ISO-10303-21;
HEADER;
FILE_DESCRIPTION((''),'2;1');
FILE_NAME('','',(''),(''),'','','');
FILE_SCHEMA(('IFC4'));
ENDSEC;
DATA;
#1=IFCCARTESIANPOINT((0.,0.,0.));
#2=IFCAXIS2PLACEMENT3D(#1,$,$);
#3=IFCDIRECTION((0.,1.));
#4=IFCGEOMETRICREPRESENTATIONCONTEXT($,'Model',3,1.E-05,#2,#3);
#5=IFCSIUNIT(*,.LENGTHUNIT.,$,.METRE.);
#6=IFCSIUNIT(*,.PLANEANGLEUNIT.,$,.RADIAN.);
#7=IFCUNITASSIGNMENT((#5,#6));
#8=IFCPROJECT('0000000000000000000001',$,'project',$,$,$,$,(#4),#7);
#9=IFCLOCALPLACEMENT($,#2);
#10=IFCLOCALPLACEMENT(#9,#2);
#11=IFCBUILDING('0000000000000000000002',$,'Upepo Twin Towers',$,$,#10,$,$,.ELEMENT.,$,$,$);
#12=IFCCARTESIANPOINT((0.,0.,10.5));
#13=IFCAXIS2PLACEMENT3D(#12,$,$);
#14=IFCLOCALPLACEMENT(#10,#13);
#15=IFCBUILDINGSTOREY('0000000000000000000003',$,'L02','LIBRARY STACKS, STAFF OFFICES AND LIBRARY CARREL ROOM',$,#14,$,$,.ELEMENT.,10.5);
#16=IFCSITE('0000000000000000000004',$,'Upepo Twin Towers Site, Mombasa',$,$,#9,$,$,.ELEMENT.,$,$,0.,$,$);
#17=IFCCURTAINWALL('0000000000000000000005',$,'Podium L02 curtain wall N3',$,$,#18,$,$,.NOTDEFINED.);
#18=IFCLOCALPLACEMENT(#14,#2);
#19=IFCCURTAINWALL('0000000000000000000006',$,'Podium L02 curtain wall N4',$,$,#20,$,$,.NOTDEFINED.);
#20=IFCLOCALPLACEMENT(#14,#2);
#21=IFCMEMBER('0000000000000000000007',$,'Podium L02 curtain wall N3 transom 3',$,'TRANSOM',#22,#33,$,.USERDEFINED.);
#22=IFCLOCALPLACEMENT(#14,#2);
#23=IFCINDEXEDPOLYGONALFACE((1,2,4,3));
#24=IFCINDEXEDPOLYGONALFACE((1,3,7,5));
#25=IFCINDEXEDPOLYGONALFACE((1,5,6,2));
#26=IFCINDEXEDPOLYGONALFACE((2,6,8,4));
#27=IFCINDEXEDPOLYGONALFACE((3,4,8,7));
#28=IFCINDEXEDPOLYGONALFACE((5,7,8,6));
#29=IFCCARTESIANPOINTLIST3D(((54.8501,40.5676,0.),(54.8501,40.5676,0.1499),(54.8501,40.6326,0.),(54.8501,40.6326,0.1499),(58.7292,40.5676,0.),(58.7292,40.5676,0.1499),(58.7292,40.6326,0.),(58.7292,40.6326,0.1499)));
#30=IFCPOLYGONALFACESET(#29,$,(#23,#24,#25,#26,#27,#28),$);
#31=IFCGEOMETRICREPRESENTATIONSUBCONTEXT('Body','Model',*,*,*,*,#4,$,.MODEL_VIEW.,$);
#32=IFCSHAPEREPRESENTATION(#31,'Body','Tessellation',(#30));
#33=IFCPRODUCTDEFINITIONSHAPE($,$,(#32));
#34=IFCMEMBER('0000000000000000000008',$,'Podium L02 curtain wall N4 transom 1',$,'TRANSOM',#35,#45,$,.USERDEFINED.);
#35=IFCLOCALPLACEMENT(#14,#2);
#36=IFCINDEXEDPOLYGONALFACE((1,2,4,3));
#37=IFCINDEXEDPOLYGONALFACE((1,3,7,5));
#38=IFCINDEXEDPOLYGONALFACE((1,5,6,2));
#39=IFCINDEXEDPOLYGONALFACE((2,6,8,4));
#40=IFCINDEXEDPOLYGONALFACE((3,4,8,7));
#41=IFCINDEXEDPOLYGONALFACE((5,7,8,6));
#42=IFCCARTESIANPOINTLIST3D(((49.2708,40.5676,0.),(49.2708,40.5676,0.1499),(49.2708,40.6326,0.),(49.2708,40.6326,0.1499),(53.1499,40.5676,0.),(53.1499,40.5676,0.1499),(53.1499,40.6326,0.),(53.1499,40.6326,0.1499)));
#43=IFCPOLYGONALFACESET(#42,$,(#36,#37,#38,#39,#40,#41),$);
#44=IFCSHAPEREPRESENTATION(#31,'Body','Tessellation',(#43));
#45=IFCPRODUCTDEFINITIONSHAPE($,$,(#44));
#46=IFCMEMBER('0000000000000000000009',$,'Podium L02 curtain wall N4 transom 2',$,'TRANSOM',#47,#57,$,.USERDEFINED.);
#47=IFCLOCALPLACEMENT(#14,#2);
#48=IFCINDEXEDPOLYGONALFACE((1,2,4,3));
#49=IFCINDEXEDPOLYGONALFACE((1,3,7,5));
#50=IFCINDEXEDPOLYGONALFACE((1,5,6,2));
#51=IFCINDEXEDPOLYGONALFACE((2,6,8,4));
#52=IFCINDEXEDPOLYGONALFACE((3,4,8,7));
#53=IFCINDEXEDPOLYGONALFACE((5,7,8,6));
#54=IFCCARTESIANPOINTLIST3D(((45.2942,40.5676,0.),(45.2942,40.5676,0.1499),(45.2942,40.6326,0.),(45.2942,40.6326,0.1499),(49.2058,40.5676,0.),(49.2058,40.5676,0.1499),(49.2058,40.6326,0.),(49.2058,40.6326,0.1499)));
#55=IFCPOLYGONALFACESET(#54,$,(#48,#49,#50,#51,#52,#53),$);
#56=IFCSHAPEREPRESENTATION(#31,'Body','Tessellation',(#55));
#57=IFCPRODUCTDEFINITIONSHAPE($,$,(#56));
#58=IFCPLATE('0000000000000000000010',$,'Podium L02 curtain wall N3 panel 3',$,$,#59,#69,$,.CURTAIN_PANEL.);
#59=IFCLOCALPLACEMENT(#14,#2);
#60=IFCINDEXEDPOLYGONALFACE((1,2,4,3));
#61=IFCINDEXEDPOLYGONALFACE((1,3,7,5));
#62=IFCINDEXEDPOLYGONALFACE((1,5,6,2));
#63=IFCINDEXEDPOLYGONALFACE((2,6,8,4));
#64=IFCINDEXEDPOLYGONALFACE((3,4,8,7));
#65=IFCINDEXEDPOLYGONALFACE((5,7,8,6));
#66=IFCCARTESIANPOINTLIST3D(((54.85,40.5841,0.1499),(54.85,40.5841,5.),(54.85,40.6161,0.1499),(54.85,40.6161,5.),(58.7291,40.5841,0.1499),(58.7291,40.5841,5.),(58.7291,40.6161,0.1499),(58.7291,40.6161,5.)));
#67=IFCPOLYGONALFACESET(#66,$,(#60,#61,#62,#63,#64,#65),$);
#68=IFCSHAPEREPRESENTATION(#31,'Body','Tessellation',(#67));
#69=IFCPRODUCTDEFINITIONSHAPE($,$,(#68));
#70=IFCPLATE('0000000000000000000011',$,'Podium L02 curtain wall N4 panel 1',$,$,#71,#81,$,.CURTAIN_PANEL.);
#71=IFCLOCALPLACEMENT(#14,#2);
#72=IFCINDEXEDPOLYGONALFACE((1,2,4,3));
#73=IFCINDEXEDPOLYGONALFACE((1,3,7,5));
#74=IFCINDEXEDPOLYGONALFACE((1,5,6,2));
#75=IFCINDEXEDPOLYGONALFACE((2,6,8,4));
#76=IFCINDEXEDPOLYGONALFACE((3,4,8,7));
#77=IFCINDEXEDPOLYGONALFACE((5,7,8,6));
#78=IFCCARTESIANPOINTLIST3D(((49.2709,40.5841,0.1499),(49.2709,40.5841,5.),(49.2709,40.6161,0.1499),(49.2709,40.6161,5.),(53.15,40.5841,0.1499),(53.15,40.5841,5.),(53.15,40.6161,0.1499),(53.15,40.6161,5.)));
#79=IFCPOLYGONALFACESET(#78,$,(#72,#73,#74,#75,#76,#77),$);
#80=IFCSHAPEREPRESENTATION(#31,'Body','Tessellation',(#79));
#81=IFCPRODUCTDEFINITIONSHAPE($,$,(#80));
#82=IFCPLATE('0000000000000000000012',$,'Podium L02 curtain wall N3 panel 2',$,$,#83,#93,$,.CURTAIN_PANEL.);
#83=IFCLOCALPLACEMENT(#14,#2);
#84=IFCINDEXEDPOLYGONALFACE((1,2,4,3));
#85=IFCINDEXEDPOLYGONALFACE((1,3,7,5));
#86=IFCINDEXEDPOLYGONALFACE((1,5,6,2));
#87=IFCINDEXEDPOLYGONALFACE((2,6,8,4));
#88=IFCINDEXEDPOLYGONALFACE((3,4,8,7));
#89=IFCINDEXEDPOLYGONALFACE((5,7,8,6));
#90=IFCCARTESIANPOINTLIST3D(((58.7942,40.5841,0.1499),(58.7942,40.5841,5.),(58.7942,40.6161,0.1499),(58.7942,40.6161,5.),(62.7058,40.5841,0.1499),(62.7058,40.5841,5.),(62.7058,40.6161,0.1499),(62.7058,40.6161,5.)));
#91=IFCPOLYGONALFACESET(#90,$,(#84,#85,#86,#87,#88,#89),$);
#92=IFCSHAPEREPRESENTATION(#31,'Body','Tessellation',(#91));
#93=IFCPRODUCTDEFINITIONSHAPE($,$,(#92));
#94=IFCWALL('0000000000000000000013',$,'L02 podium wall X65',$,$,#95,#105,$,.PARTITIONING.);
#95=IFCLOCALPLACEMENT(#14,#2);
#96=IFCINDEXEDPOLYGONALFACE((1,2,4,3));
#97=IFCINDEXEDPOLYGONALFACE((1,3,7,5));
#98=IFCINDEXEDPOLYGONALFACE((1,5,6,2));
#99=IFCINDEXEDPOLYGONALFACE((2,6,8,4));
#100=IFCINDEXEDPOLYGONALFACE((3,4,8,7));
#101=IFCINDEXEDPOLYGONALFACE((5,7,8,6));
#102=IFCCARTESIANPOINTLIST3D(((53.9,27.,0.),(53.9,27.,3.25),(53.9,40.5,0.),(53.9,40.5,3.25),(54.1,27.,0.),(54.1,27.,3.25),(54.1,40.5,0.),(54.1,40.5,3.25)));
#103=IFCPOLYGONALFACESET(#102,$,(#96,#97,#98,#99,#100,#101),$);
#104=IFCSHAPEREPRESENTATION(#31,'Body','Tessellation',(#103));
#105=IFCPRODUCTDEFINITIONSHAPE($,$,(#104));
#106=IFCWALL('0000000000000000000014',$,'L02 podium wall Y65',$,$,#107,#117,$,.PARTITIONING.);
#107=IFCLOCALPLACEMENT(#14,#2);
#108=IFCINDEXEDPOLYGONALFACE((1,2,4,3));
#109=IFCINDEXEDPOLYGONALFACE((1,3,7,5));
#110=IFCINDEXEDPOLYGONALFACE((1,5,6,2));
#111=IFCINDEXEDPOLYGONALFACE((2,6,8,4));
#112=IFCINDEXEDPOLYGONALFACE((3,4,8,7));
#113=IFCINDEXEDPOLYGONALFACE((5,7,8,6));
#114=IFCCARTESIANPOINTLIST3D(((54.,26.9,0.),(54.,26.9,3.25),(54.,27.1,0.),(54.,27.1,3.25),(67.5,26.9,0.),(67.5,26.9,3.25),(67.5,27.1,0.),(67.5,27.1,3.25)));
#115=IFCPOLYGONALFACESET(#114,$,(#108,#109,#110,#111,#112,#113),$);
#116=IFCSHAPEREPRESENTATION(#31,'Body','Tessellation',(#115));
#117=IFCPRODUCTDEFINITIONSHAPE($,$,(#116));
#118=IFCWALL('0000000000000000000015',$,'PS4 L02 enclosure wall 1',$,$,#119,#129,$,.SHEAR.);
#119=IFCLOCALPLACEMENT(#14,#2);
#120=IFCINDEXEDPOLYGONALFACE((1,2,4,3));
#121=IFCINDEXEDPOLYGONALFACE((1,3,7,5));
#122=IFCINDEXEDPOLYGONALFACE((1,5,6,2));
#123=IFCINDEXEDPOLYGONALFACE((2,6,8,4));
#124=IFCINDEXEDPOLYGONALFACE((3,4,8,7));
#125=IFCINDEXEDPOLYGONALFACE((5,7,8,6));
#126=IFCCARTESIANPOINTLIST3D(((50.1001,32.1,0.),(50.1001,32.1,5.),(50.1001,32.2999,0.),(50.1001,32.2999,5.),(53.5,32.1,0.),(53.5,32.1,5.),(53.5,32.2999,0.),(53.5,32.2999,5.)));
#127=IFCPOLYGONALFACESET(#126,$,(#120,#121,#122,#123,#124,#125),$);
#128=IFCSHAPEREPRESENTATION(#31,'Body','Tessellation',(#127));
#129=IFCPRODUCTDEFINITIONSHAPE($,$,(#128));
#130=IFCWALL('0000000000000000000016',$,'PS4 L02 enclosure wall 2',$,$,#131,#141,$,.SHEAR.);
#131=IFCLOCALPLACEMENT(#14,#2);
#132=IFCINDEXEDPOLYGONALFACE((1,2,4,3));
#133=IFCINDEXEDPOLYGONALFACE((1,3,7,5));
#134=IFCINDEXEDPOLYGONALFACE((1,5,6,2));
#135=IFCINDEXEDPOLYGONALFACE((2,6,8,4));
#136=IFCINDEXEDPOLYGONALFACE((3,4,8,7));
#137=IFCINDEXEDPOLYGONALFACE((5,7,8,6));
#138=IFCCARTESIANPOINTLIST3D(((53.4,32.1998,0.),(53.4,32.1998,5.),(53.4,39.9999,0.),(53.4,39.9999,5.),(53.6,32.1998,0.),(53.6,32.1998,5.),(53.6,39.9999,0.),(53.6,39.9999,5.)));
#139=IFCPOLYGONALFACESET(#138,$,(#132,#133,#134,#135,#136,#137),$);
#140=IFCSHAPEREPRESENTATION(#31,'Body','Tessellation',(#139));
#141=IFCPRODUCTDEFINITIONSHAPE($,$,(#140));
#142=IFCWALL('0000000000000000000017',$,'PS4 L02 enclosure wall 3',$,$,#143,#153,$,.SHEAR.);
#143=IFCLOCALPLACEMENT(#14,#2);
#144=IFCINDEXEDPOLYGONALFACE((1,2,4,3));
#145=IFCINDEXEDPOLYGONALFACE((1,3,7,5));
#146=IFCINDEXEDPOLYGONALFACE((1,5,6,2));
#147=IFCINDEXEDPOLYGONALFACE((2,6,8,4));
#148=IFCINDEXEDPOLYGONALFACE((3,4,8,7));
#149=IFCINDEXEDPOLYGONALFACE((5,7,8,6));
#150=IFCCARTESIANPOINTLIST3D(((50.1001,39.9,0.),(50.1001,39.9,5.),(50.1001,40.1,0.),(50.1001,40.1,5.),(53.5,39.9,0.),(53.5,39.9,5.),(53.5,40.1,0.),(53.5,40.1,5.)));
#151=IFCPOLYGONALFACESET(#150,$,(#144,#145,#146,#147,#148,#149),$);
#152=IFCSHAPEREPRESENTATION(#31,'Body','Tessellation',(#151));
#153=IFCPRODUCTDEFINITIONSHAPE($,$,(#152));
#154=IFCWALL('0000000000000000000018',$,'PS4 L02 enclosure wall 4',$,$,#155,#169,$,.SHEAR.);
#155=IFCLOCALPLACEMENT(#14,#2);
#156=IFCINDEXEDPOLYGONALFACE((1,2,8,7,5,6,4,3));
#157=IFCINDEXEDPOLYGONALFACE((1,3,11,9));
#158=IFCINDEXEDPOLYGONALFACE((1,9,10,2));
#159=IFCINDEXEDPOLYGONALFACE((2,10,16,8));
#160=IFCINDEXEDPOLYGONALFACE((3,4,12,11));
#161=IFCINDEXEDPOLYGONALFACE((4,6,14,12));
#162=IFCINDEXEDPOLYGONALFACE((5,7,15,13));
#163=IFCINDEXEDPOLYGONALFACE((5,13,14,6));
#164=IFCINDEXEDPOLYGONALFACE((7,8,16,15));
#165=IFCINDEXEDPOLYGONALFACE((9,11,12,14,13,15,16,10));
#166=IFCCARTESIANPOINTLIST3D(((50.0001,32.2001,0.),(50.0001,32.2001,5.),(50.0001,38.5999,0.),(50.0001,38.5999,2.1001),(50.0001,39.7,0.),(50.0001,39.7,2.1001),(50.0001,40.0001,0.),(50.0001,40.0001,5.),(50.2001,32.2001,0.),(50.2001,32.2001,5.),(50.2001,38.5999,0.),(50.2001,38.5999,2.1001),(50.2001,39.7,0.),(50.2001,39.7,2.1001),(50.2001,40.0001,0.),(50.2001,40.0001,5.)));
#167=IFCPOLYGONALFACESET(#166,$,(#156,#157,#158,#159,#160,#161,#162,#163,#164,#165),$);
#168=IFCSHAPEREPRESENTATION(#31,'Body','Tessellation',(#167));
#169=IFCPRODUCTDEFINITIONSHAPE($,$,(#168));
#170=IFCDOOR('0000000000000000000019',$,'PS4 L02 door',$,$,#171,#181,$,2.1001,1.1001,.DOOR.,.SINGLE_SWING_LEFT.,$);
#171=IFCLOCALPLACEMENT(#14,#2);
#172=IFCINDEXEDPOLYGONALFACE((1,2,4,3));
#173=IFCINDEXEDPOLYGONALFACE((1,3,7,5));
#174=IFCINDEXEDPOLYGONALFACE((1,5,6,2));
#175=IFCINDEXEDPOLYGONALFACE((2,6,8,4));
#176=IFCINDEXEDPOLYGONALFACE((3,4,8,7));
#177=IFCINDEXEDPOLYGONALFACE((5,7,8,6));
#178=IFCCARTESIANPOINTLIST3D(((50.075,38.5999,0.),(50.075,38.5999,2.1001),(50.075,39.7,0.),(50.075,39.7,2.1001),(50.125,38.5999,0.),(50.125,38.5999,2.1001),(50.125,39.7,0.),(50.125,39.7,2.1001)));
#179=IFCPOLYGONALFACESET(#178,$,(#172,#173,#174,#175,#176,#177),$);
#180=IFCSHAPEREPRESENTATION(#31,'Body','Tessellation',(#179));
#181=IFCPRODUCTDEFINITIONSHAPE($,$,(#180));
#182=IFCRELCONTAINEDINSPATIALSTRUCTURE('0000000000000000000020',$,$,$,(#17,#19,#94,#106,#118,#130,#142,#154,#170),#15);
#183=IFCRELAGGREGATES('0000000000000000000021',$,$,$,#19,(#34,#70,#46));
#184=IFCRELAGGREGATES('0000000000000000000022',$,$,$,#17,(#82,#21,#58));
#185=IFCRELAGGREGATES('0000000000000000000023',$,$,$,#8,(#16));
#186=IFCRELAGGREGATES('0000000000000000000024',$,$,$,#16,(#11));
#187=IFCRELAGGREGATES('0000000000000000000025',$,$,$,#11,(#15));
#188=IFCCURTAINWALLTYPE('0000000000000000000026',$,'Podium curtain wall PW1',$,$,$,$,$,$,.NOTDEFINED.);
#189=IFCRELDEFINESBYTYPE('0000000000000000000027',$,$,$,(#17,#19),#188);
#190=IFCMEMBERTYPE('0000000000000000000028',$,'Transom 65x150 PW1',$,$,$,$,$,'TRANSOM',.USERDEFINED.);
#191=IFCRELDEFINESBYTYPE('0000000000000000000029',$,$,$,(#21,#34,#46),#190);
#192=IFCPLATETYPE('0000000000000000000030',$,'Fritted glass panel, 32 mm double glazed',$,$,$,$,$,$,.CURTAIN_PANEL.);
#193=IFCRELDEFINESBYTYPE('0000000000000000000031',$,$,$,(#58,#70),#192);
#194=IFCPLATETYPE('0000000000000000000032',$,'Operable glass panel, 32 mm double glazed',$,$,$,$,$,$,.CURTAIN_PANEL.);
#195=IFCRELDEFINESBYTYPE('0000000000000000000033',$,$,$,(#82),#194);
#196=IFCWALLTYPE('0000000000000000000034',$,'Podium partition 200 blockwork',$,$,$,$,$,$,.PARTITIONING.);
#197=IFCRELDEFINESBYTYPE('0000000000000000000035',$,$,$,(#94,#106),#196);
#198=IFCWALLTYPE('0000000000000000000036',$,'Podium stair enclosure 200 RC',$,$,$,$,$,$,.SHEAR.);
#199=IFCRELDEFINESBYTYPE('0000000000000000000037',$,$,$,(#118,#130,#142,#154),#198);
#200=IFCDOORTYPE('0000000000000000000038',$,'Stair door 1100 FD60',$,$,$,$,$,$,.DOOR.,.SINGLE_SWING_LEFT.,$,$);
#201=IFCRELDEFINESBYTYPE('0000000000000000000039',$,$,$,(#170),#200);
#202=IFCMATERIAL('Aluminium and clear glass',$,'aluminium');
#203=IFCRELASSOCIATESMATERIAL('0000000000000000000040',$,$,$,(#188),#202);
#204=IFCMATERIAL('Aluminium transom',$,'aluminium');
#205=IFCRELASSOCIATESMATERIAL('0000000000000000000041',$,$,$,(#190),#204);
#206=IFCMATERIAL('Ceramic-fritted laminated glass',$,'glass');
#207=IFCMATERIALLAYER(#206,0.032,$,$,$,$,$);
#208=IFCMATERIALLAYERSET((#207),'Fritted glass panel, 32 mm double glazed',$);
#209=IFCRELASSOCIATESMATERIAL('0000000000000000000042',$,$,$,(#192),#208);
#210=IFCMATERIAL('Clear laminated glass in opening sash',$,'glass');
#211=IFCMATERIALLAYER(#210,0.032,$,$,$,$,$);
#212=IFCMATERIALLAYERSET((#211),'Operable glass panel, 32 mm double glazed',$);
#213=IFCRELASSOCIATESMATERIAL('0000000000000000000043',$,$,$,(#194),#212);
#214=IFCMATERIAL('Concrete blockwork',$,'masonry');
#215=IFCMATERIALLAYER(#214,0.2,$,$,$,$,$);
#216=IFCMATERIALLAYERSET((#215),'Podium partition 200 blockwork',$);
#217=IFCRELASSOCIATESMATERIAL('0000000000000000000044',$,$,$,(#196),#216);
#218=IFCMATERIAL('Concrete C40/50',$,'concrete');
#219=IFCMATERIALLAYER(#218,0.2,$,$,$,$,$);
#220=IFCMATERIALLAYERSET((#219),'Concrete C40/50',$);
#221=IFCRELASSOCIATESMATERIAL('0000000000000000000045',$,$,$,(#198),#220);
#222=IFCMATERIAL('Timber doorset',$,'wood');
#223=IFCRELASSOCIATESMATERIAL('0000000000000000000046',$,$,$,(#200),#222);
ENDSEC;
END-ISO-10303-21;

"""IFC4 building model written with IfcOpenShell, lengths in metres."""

from ifc_helpers import new_model, si_unit, direction, frame, frame_2d, origin, origin_2d, place, context, subcontext, project, spatial, rectangle, extrude, material, layer, layer_set, material_profile, profile_set, type_object, element, fill, aggregate, save


model = new_model("IFC4")

# Units and contexts
model_context = context("Model", 3, precision=1e-05, world=origin(), true_north=direction((0.0, 1.0)))
body_context = subcontext(model_context, "Body", "Model", "MODEL_VIEW")
ifc_project = project(units=[si_unit("LENGTHUNIT", "METRE"), si_unit("PLANEANGLEUNIT", "RADIAN")], contexts=[model_context])

# Site, building, storey
site_placement = place(None, origin())
site = spatial("IfcSite", under=ifc_project, at=site_placement, Name="Upepo Twin Towers Site, Mombasa", CompositionType="ELEMENT", RefElevation=0.0)
building_placement = place(site_placement, origin())
building = spatial("IfcBuilding", under=site, at=building_placement, Name="Upepo Twin Towers", CompositionType="ELEMENT")
storey_placement = place(building_placement, frame((0.0, 0.0, 10.5)))
storey = spatial("IfcBuildingStorey", under=building, at=storey_placement, Name="L02", Description="LIBRARY STACKS, STAFF OFFICES AND LIBRARY CARREL ROOM", CompositionType="ELEMENT", Elevation=10.5)

# Curtain walls
ifc_material_1 = material(Name="Aluminium and clear glass", Category="aluminium")
curtain_wall_type = type_object("IfcCurtainWallType", Name="Podium curtain wall PW1", PredefinedType="NOTDEFINED", material=ifc_material_1)
curtain_wall_1_placement = place(storey_placement, origin())
curtain_wall_1 = element("IfcCurtainWall", 1, at=curtain_wall_1_placement, inside=storey, type_object=curtain_wall_type, Name="Podium L02 curtain wall N3", PredefinedType="NOTDEFINED")
curtain_wall_2_placement = place(storey_placement, origin())
curtain_wall_2 = element("IfcCurtainWall", 2, at=curtain_wall_2_placement, inside=storey, type_object=curtain_wall_type, Name="Podium L02 curtain wall N4", PredefinedType="NOTDEFINED")

# Members
ifc_material_2 = material(Name="Aluminium transom", Category="aluminium")
ifc_material_profile_1 = material_profile(ifc_material_2, rectangle(XDim=0.0649, YDim=0.1499, at=origin_2d()), Name="TRANSOM 65x150 PODIUM")
ifc_profile_set_1 = profile_set([ifc_material_profile_1], Name="Aluminium transom")
member_type_1 = type_object("IfcMemberType", Name="Transom 65x150 PW1", ElementType="TRANSOM", PredefinedType="USERDEFINED", material=ifc_profile_set_1)
member_1_placement = place(storey_placement, frame((58.7292, 40.6001, 0.075), z_axis=(-1.0, 0.0, 0.0), x_axis=(0.0, -1.0, 0.0)))
member_1 = element("IfcMember", 3, at=member_1_placement, type_object=member_type_1, Name="Podium L02 curtain wall N3 transom 3", ObjectType="TRANSOM", PredefinedType="USERDEFINED", context=body_context, shape_type="SweptSolid", body=[
    extrude(rectangle(XDim=0.0649, YDim=0.1499, at=origin_2d()), origin(), (0.0, 0.0, 1.0), 3.8792),
])
member_2_placement = place(storey_placement, frame((53.1499, 40.6001, 0.075), z_axis=(-1.0, 0.0, 0.0), x_axis=(0.0, -1.0, 0.0)))
member_2 = element("IfcMember", 4, at=member_2_placement, type_object=member_type_1, Name="Podium L02 curtain wall N4 transom 1", ObjectType="TRANSOM", PredefinedType="USERDEFINED", context=body_context, shape_type="SweptSolid", body=[
    extrude(rectangle(XDim=0.0649, YDim=0.1499, at=origin_2d()), origin(), (0.0, 0.0, 1.0), 3.8792),
])
member_3_placement = place(storey_placement, frame((49.2058, 40.6001, 0.075), z_axis=(-1.0, 0.0, 0.0), x_axis=(0.0, -1.0, 0.0)))
member_3 = element("IfcMember", 5, at=member_3_placement, type_object=member_type_1, Name="Podium L02 curtain wall N4 transom 2", ObjectType="TRANSOM", PredefinedType="USERDEFINED", context=body_context, shape_type="SweptSolid", body=[
    extrude(rectangle(XDim=0.0649, YDim=0.1499, at=origin_2d()), origin(), (0.0, 0.0, 1.0), 3.9116),
])

# Plates
ifc_material_3 = material(Name="Ceramic-fritted laminated glass", Category="glass")
ifc_layer_1 = layer(ifc_material_3, 0.032)
ifc_layer_set_1 = layer_set([ifc_layer_1], Name="Fritted glass panel, 32 mm double glazed")
plate_type_1 = type_object("IfcPlateType", Name="Fritted glass panel, 32 mm double glazed", PredefinedType="CURTAIN_PANEL", material=ifc_layer_set_1)
plate_1_placement = place(storey_placement, frame((56.7896, 40.6001, 0.1499), z_axis=(0.0, 0.0, 1.0), x_axis=(-1.0, 0.0, 0.0)))
plate_1 = element("IfcPlate", 6, at=plate_1_placement, type_object=plate_type_1, Name="Podium L02 curtain wall N3 panel 3", PredefinedType="CURTAIN_PANEL", context=body_context, shape_type="SweptSolid", body=[
    extrude(rectangle(XDim=3.8792, YDim=0.032, at=origin_2d()), origin(), (0.0, 0.0, 1.0), 4.8501),
])
plate_2_placement = place(storey_placement, frame((51.2104, 40.6001, 0.1499), z_axis=(0.0, 0.0, 1.0), x_axis=(-1.0, 0.0, 0.0)))
plate_2 = element("IfcPlate", 7, at=plate_2_placement, type_object=plate_type_1, Name="Podium L02 curtain wall N4 panel 1", PredefinedType="CURTAIN_PANEL", context=body_context, shape_type="SweptSolid", body=[
    extrude(rectangle(XDim=3.8792, YDim=0.032, at=origin_2d()), origin(), (0.0, 0.0, 1.0), 4.8501),
])
aggregate(curtain_wall_2, [member_2, plate_2, member_3])
ifc_material_4 = material(Name="Clear laminated glass in opening sash", Category="glass")
ifc_layer_2 = layer(ifc_material_4, 0.032)
ifc_layer_set_2 = layer_set([ifc_layer_2], Name="Operable glass panel, 32 mm double glazed")
plate_type_2 = type_object("IfcPlateType", Name="Operable glass panel, 32 mm double glazed", PredefinedType="CURTAIN_PANEL", material=ifc_layer_set_2)
plate_3_placement = place(storey_placement, frame((60.75, 40.6001, 0.1499), z_axis=(0.0, 0.0, 1.0), x_axis=(-1.0, 0.0, 0.0)))
plate_3 = element("IfcPlate", 8, at=plate_3_placement, type_object=plate_type_2, Name="Podium L02 curtain wall N3 panel 2", PredefinedType="CURTAIN_PANEL", context=body_context, shape_type="SweptSolid", body=[
    extrude(rectangle(XDim=3.9116, YDim=0.032, at=origin_2d()), origin(), (0.0, 0.0, 1.0), 4.8501),
])
aggregate(curtain_wall_1, [plate_3, member_1, plate_1])

# Walls
ifc_material_5 = material(Name="Concrete blockwork", Category="masonry")
ifc_layer_3 = layer(ifc_material_5, 0.2)
ifc_layer_set_3 = layer_set([ifc_layer_3], Name="Podium partition 200 blockwork")
wall_type_1 = type_object("IfcWallType", Name="Podium partition 200 blockwork", PredefinedType="PARTITIONING", material=ifc_layer_set_3)
for number, where, z_axis, x_axis, name in (
    (9, (54.0, 27.0, 0.0), (0.0, 0.0, 1.0), (0.0, 1.0, 0.0), "L02 podium wall X65"),
    (10, (54.0, 27.0, 0.0), (0.0, 0.0, 1.0), (1.0, 0.0, 0.0), "L02 podium wall Y65"),
):
    element("IfcWall", number, at=place(storey_placement, frame(where, z_axis=z_axis, x_axis=x_axis)), inside=storey, type_object=wall_type_1, Name=name, PredefinedType="PARTITIONING", context=body_context, shape_type="SweptSolid", body=[
        extrude(rectangle(XDim=13.5, YDim=0.2, at=frame_2d((6.75, 0.0))), origin(), (0.0, 0.0, 1.0), 3.25),
    ])
ifc_material_6 = material(Name="Concrete C40/50", Category="concrete")
ifc_layer_4 = layer(ifc_material_6, 0.2)
ifc_layer_set_4 = layer_set([ifc_layer_4], Name="Concrete C40/50")
wall_type_2 = type_object("IfcWallType", Name="Podium stair enclosure 200 RC", PredefinedType="SHEAR", material=ifc_layer_set_4)
wall_1_placement = place(storey_placement, frame((50.1001, 32.2, 0.0), z_axis=(0.0, 0.0, 1.0), x_axis=(1.0, 0.0, 0.0)))
element("IfcWall", 11, at=wall_1_placement, inside=storey, type_object=wall_type_2, Name="PS4 L02 enclosure wall 1", PredefinedType="SHEAR", context=body_context, shape_type="SweptSolid", body=[
    extrude(rectangle(XDim=3.3999, YDim=0.2, at=frame_2d((1.7, 0.0))), origin(), (0.0, 0.0, 1.0), 5.0),
])
wall_2_placement = place(storey_placement, frame((53.5, 32.2, 0.0), z_axis=(0.0, 0.0, 1.0), x_axis=(0.0, 1.0, 0.0)))
element("IfcWall", 12, at=wall_2_placement, inside=storey, type_object=wall_type_2, Name="PS4 L02 enclosure wall 2", PredefinedType="SHEAR", context=body_context, shape_type="SweptSolid", body=[
    extrude(rectangle(XDim=7.8, YDim=0.2, at=frame_2d((3.8999, 0.0))), origin(), (0.0, 0.0, 1.0), 5.0),
])
wall_3_placement = place(storey_placement, frame((53.5, 40.0, 0.0), z_axis=(0.0, 0.0, 1.0), x_axis=(-1.0, 0.0, 0.0)))
element("IfcWall", 13, at=wall_3_placement, inside=storey, type_object=wall_type_2, Name="PS4 L02 enclosure wall 3", PredefinedType="SHEAR", context=body_context, shape_type="SweptSolid", body=[
    extrude(rectangle(XDim=3.3999, YDim=0.2, at=frame_2d((1.7, 0.0))), origin(), (0.0, 0.0, 1.0), 5.0),
])

# Wall, opening, door
wall_4_placement = place(storey_placement, frame((50.1001, 40.0, 0.0), z_axis=(0.0, 0.0, 1.0), x_axis=(0.0, -1.0, 0.0)))
wall_4 = element("IfcWall", 14, at=wall_4_placement, inside=storey, type_object=wall_type_2, Name="PS4 L02 enclosure wall 4", PredefinedType="SHEAR", context=body_context, shape_type="SweptSolid", body=[
    extrude(rectangle(XDim=7.8, YDim=0.2, at=frame_2d((3.8999, 0.0))), origin(), (0.0, 0.0, 1.0), 5.0),
])
opening_placement = place(wall_4_placement, frame((0.3, 0.0, 0.0)))
opening = element("IfcOpeningElement", 15, at=opening_placement, cuts=wall_4, PredefinedType="OPENING", context=body_context, shape_type="SweptSolid", body=[
    extrude(rectangle(XDim=1.1001, YDim=2.1001, at=frame_2d((0.55, 1.05))), frame((0.0, 0.1099, 0.0), z_axis=(0.0, -1.0, 0.0), x_axis=(1.0, 0.0, 0.0)), (0.0, 0.0, 1.0), 0.22),
])
ifc_material_7 = material(Name="Timber doorset", Category="wood")
door_type = type_object("IfcDoorType", Name="Stair door 1100 FD60", OperationType="SINGLE_SWING_LEFT", PredefinedType="DOOR", material=ifc_material_7)
door_placement = place(opening_placement, origin())
door = element("IfcDoor", 16, at=door_placement, inside=storey, type_object=door_type, Name="PS4 L02 door", OperationType="SINGLE_SWING_LEFT", OverallHeight=2.1001, OverallWidth=1.1001, PredefinedType="DOOR", context=body_context, shape_type="SweptSolid", body=[
    extrude(rectangle(XDim=1.1001, YDim=2.1001, at=frame_2d((0.55, 1.05))), frame((0.0, 0.0249, 0.0), z_axis=(0.0, -1.0, 0.0), x_axis=(1.0, 0.0, 0.0)), (0.0, 0.0, 1.0), 0.05),
])
fill(opening, door)

save(model, "model.ifc")
